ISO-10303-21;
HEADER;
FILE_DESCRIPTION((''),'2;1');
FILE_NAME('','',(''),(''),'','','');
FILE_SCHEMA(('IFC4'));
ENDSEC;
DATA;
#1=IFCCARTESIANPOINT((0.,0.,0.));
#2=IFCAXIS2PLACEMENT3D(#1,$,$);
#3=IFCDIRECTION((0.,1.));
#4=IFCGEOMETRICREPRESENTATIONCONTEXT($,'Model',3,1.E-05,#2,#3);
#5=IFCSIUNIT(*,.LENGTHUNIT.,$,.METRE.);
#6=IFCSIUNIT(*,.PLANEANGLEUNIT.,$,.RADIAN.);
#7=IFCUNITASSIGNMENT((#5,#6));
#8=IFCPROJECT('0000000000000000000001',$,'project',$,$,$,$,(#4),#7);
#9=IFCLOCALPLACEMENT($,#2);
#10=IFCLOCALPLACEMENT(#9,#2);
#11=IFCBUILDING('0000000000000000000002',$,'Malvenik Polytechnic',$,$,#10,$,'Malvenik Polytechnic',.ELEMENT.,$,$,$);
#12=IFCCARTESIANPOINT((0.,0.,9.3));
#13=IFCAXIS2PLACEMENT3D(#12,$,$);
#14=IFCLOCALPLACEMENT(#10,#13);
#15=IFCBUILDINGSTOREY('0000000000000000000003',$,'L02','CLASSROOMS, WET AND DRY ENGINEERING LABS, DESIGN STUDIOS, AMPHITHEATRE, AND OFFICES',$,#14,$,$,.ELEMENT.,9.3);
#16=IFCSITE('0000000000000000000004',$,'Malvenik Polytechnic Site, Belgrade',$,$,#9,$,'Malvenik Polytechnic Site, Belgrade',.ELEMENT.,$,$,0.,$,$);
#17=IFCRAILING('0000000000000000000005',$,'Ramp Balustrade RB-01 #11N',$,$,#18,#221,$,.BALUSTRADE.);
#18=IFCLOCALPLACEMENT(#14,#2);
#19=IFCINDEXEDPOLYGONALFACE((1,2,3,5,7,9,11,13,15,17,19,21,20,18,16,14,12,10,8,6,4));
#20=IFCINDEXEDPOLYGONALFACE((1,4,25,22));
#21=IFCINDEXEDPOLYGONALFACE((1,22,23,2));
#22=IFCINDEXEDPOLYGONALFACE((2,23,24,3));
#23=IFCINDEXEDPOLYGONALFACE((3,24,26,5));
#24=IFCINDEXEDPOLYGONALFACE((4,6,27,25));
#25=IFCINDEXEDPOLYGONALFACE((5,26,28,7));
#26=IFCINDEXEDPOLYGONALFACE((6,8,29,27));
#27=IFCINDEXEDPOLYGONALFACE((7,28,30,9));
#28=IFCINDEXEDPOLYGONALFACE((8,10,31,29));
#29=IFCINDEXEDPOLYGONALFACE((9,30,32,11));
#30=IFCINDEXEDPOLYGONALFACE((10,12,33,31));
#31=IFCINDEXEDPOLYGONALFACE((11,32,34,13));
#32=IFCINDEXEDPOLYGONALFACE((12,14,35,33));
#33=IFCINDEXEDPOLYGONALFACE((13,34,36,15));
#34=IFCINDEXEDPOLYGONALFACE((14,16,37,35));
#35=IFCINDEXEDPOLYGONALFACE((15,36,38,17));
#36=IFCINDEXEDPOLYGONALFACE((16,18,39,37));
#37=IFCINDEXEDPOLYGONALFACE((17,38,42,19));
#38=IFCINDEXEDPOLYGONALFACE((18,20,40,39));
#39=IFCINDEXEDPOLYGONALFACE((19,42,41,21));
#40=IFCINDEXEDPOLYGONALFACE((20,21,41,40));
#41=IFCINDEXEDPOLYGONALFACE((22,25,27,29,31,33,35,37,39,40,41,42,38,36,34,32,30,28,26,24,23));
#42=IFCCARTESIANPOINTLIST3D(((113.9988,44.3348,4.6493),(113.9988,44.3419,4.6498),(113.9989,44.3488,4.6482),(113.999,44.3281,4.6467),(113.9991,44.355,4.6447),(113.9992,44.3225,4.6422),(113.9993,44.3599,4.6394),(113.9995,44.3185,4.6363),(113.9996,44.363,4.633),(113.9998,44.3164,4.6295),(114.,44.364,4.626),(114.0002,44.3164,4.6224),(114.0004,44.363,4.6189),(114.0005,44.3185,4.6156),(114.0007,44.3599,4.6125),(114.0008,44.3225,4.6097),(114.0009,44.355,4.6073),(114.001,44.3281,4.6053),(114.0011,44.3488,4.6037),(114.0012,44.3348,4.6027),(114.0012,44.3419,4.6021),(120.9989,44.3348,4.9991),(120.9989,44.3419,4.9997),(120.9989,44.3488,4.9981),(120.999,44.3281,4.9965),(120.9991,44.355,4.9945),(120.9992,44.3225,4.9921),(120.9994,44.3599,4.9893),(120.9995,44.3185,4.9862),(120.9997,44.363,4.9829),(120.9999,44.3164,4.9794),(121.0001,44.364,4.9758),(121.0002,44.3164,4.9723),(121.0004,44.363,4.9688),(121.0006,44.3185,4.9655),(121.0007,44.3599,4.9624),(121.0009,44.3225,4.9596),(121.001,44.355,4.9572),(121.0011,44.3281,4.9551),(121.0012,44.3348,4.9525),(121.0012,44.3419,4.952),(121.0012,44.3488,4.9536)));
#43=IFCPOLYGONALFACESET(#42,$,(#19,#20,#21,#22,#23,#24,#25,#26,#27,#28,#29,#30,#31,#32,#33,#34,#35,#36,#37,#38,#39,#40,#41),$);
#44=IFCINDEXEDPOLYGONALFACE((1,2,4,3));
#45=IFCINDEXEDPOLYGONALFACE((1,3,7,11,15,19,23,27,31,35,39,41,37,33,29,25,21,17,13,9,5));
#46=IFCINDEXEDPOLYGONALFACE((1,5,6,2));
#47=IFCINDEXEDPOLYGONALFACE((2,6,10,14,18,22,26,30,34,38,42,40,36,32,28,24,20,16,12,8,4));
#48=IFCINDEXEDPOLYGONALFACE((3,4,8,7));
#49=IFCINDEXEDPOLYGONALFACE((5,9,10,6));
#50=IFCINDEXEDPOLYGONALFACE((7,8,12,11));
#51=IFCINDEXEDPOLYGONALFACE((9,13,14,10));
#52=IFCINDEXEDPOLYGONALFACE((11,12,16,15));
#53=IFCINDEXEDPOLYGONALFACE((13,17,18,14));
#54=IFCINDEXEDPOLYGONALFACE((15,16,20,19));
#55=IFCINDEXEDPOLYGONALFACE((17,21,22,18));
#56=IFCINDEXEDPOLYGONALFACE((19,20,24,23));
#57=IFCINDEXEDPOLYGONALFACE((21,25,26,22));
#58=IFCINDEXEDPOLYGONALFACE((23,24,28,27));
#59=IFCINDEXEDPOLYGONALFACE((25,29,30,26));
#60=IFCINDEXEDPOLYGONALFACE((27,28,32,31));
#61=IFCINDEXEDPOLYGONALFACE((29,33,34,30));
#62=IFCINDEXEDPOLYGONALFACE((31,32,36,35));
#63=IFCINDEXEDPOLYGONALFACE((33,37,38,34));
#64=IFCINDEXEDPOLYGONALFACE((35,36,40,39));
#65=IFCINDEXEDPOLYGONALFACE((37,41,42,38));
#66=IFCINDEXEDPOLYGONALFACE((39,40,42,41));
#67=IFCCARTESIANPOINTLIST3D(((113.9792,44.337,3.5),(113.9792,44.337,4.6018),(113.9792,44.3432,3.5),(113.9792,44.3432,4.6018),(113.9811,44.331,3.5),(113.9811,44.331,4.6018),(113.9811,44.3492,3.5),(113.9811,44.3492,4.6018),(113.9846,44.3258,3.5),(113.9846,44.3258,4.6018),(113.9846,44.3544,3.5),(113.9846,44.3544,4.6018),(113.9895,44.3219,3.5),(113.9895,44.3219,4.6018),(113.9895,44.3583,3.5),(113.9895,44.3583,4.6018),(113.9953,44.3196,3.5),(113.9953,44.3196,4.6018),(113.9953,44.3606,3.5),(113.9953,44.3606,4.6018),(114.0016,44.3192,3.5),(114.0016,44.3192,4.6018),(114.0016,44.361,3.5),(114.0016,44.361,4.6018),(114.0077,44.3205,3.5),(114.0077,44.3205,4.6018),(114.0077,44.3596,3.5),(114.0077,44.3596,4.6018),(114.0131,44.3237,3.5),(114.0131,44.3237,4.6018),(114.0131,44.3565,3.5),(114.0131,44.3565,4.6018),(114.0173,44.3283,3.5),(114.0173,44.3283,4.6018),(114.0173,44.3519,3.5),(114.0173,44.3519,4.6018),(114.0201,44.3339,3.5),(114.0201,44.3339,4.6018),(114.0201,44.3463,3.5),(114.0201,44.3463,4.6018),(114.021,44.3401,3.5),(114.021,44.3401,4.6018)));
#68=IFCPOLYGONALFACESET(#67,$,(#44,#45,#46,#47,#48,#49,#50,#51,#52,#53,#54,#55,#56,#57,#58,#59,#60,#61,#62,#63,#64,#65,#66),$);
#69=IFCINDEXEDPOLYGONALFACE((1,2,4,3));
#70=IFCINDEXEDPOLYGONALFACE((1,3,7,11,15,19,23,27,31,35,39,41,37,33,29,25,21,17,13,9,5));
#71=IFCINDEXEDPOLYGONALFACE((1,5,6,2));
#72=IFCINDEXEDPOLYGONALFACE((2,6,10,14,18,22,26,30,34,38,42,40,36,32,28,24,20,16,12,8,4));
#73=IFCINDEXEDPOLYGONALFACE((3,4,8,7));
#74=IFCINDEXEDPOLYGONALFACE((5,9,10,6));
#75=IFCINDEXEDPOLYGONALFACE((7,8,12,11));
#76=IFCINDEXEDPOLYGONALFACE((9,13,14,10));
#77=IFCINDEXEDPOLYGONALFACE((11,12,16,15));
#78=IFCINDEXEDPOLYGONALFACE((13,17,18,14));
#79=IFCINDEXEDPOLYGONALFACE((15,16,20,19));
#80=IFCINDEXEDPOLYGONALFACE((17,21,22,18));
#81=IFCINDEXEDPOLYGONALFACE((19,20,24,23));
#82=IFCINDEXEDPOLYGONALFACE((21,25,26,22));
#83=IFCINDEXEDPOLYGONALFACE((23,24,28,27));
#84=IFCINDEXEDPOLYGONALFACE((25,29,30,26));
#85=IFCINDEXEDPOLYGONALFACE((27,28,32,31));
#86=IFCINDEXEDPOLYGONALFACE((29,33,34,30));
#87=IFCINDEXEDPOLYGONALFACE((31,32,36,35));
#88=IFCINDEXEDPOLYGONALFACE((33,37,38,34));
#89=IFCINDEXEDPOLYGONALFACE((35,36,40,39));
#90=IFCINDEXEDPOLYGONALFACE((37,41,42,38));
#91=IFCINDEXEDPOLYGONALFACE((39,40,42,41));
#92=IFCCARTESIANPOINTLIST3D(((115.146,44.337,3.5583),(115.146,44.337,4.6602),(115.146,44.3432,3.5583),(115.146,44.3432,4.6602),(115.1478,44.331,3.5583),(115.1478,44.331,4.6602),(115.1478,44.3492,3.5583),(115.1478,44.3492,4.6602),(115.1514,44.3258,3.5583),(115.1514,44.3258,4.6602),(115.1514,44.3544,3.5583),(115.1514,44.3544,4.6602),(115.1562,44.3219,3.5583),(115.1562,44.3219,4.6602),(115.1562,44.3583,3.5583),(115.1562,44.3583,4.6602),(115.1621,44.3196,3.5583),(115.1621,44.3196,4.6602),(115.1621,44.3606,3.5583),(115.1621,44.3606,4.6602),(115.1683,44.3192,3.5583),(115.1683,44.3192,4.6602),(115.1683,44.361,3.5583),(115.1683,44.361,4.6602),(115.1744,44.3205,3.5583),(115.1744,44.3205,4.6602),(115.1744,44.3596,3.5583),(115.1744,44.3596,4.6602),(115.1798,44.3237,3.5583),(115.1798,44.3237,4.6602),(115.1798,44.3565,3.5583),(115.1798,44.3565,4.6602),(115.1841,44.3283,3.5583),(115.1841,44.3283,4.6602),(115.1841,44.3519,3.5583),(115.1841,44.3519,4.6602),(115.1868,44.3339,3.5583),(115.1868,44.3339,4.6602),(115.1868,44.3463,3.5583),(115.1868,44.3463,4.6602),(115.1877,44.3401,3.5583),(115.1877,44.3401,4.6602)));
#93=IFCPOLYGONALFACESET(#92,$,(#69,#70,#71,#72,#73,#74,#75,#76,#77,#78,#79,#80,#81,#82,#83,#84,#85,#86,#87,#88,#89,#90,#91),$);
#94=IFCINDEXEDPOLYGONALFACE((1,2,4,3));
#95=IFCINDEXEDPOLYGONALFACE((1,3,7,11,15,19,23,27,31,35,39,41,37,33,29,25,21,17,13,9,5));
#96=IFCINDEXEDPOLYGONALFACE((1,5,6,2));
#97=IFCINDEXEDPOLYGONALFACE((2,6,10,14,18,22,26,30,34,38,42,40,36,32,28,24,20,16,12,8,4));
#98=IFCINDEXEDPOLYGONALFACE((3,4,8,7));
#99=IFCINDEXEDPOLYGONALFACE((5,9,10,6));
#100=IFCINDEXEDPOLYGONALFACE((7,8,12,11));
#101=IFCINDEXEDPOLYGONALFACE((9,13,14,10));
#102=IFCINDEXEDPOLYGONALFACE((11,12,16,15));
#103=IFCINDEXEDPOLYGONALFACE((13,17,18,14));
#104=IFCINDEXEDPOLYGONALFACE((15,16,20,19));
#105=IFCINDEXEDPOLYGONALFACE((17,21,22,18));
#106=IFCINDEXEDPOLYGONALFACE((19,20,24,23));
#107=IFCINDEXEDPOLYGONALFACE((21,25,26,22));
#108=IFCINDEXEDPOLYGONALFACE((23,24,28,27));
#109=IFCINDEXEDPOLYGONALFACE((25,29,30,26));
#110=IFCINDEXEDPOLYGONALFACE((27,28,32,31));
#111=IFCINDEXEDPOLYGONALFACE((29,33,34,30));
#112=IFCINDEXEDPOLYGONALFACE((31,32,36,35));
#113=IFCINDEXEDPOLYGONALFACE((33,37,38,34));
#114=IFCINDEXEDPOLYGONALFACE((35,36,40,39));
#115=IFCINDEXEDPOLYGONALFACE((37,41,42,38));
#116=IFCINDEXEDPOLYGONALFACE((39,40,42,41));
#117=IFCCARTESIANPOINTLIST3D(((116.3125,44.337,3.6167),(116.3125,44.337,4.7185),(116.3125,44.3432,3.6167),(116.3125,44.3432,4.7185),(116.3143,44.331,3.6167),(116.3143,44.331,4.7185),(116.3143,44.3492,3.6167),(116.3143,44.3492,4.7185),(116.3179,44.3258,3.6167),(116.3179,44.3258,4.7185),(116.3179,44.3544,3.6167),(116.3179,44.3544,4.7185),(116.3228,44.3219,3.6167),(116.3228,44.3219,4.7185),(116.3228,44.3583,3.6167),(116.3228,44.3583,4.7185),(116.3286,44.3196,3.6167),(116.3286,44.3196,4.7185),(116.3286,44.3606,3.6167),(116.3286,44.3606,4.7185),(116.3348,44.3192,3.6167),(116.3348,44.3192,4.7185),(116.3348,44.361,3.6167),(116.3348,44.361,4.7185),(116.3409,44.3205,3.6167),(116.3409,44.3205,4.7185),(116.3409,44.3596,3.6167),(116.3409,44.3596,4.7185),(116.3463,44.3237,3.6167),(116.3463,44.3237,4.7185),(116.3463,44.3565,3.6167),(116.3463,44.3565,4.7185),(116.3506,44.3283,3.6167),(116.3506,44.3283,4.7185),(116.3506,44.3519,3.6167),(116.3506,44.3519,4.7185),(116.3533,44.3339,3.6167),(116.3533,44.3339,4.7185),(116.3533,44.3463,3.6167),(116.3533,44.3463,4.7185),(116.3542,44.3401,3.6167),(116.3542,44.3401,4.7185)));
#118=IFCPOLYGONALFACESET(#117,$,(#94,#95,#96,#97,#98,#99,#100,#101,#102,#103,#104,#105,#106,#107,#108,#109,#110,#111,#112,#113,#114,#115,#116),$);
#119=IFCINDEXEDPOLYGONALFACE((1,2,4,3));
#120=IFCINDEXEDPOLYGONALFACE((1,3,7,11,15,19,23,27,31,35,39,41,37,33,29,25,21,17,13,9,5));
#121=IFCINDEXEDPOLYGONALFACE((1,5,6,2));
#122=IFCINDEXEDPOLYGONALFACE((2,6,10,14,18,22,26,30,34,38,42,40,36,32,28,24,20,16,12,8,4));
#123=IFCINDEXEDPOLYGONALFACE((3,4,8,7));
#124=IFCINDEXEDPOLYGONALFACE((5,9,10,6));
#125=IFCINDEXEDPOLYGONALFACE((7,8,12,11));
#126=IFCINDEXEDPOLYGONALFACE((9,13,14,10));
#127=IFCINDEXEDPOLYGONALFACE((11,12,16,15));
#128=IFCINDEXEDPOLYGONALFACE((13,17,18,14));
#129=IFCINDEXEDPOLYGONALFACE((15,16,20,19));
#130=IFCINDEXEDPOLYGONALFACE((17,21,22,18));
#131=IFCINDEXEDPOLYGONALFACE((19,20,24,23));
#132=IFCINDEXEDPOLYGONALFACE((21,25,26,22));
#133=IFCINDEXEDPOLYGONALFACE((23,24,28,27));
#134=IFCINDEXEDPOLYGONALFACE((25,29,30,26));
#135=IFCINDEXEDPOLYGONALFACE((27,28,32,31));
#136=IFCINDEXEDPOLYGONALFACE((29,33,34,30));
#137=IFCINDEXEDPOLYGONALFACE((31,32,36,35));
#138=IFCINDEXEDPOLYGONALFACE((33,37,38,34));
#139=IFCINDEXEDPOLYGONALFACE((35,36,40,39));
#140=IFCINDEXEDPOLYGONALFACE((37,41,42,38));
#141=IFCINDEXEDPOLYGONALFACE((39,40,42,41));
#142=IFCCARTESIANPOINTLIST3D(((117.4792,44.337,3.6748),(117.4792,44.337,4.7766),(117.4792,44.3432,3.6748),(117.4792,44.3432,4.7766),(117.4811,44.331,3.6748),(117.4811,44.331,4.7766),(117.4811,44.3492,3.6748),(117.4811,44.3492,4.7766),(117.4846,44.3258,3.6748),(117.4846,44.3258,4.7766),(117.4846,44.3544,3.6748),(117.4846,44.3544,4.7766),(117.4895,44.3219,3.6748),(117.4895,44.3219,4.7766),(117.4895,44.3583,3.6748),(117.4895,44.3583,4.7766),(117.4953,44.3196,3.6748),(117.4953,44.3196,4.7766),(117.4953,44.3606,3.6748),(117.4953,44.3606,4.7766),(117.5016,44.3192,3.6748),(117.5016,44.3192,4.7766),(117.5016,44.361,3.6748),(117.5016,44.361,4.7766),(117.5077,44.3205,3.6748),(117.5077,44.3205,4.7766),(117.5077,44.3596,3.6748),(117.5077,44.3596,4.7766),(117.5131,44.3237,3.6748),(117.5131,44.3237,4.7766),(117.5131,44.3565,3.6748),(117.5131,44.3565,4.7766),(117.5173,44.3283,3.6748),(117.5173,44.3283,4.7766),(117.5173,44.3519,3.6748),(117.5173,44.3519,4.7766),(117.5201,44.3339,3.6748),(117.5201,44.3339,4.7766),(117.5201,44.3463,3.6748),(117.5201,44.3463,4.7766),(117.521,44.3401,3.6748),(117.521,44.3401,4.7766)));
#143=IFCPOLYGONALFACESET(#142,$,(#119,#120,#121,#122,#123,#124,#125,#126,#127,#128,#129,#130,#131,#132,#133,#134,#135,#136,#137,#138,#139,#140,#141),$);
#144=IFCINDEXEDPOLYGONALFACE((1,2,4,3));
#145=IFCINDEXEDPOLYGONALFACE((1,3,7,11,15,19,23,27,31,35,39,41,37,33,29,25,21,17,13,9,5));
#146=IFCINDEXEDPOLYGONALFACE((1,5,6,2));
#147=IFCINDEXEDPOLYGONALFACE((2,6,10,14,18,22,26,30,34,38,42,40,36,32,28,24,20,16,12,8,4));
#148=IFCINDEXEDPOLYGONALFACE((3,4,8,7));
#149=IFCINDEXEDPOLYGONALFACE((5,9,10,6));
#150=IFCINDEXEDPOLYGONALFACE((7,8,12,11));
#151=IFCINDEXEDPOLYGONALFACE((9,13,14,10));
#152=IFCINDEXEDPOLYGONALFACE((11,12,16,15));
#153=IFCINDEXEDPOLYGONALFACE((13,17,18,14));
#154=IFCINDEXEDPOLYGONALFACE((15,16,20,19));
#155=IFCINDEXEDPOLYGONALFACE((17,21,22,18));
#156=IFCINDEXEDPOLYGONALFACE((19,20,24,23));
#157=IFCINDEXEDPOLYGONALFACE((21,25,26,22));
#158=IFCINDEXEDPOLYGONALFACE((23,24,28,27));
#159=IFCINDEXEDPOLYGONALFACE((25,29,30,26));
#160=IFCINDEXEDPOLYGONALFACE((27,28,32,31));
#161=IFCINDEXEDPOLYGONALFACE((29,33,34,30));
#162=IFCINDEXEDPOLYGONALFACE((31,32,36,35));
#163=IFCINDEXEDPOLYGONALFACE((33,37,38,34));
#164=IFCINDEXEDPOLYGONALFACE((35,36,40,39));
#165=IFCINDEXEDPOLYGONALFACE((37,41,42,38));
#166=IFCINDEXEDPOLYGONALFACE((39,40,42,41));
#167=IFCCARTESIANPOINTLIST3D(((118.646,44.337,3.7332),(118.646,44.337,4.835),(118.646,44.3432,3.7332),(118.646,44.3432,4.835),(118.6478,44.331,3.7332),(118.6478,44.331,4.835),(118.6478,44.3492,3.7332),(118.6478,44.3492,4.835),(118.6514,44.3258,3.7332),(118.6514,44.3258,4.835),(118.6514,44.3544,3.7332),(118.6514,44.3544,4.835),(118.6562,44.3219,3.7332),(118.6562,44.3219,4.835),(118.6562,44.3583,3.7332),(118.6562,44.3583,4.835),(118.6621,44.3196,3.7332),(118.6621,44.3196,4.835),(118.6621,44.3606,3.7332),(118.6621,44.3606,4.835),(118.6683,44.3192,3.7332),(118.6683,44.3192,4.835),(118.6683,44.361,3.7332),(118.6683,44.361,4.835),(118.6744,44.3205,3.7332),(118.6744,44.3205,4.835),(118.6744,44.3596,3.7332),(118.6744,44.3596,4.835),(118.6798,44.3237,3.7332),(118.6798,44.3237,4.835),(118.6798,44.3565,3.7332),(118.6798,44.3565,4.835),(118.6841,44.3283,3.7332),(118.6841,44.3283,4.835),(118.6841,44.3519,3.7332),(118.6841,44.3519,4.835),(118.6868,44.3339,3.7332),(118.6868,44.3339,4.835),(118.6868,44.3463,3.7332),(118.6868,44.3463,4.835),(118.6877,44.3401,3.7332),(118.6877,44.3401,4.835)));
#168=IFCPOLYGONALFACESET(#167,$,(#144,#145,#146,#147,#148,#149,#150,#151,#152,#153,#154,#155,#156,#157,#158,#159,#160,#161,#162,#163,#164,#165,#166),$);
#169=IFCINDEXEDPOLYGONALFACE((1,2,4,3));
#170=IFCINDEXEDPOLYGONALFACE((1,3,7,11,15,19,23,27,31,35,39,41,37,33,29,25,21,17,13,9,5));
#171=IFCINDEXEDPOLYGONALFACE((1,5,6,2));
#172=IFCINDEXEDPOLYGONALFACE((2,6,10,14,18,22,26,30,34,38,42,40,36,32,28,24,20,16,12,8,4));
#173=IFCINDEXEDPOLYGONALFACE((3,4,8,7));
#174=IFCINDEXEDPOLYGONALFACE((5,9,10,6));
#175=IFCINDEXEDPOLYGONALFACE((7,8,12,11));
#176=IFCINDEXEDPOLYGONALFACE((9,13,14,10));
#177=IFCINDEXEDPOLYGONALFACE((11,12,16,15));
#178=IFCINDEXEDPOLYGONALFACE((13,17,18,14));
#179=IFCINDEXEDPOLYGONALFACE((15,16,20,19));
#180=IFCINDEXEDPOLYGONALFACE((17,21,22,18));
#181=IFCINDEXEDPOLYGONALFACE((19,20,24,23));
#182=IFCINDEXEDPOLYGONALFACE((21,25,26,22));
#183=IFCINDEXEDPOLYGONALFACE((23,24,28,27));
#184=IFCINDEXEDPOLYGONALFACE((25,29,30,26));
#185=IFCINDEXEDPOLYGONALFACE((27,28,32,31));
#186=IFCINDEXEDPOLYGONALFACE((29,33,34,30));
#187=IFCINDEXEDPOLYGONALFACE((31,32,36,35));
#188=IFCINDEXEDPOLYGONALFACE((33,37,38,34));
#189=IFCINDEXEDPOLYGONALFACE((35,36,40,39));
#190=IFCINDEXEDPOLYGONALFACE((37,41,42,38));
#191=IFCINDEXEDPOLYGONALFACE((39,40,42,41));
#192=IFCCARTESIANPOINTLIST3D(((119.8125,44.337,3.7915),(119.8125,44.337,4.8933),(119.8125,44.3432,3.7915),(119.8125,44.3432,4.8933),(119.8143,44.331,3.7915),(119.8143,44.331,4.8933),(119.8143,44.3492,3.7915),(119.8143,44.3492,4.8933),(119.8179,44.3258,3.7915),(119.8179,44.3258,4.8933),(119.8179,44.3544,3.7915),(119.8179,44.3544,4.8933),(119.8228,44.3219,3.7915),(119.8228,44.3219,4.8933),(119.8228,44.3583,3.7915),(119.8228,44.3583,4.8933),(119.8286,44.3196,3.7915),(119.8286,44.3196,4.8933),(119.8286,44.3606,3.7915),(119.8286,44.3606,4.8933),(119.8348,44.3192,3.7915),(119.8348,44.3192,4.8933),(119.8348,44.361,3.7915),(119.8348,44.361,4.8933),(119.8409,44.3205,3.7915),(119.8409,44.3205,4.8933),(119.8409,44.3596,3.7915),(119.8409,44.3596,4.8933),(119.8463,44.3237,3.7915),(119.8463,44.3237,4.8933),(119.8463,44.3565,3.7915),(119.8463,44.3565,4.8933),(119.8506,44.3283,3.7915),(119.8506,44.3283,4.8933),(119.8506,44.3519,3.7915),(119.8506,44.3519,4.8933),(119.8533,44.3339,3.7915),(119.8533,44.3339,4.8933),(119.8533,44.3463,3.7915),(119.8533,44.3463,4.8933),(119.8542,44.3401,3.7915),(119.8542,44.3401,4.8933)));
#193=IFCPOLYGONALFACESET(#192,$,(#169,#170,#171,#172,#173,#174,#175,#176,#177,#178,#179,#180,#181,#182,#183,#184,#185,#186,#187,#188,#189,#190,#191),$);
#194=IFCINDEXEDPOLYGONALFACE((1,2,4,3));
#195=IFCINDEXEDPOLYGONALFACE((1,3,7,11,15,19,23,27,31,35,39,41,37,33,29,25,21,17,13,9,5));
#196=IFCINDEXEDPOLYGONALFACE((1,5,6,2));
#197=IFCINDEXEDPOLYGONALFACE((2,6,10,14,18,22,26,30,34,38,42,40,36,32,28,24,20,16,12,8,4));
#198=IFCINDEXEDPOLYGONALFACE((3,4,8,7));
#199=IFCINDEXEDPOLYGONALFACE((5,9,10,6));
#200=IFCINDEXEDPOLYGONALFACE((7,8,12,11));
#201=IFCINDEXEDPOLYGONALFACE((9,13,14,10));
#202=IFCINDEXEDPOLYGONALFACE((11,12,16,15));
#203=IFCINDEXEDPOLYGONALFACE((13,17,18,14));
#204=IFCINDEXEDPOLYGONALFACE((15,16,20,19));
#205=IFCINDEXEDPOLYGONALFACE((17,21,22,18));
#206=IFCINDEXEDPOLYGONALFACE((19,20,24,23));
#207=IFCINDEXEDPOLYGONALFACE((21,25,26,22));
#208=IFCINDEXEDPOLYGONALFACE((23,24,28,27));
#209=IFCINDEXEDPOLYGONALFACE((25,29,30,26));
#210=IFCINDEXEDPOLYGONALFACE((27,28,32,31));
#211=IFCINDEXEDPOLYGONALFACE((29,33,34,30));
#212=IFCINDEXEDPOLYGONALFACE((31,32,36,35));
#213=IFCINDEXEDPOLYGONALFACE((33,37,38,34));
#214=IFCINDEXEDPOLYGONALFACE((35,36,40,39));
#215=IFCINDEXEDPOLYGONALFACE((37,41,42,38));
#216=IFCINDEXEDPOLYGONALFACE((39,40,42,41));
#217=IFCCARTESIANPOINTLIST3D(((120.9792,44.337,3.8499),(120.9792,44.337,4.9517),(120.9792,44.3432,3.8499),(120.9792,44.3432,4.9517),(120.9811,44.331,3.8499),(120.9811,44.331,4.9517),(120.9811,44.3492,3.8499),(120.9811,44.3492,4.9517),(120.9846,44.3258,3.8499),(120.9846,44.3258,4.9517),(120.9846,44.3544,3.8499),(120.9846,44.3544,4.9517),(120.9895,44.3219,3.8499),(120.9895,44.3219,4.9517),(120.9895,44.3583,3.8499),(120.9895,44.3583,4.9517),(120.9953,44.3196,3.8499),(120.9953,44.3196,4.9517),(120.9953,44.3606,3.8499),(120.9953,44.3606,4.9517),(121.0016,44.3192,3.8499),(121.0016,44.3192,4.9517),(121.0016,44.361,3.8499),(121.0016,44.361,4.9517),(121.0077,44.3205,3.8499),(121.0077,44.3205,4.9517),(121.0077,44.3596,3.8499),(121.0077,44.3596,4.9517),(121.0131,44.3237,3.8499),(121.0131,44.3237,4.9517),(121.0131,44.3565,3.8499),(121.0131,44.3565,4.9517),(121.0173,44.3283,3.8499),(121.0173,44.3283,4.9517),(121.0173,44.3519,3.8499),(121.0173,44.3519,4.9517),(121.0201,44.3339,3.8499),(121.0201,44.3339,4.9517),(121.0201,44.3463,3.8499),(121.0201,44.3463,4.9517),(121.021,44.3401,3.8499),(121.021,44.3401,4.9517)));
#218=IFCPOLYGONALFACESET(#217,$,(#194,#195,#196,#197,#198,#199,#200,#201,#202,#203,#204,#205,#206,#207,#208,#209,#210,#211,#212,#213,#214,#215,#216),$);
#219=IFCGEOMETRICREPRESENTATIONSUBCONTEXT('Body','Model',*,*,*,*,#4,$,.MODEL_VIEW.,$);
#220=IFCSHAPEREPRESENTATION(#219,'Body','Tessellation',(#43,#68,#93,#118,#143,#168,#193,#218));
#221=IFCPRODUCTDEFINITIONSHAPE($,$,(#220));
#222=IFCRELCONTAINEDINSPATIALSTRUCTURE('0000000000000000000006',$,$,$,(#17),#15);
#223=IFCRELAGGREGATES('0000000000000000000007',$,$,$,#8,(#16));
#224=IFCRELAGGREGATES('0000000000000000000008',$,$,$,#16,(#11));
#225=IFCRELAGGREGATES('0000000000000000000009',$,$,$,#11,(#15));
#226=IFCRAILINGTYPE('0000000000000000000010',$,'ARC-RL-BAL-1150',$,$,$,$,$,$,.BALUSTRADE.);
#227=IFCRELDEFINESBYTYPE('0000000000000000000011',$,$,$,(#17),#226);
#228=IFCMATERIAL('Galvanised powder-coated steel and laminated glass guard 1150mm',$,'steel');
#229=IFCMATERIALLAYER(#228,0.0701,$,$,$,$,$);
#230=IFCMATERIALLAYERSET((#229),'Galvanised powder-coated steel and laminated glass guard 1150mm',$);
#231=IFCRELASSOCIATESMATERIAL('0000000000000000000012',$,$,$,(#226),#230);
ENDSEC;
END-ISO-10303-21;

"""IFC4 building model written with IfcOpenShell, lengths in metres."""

from ifc_helpers import new_model, si_unit, direction, frame, origin, origin_2d, place, context, subcontext, project, spatial, circle, extrude, material, layer, layer_set, type_object, element, save


model = new_model("IFC4")

# Units and contexts
model_context = context("Model", 3, precision=1e-05, world=origin(), true_north=direction((0.0, 1.0)))
body_context = subcontext(model_context, "Body", "Model", "MODEL_VIEW")
ifc_project = project(units=[si_unit("LENGTHUNIT", "METRE"), si_unit("PLANEANGLEUNIT", "RADIAN")], contexts=[model_context])

# Site, building, storey
site_placement = place(None, origin())
site = spatial("IfcSite", under=ifc_project, at=site_placement, Name="Malvenik Polytechnic Site, Belgrade", LongName="Malvenik Polytechnic Site, Belgrade", CompositionType="ELEMENT", RefElevation=0.0)
building_placement = place(site_placement, origin())
building = spatial("IfcBuilding", under=site, at=building_placement, Name="Malvenik Polytechnic", LongName="Malvenik Polytechnic", CompositionType="ELEMENT")
storey_placement = place(building_placement, frame((0.0, 0.0, 9.3)))
storey = spatial("IfcBuildingStorey", under=building, at=storey_placement, Name="L02", Description="CLASSROOMS, WET AND DRY ENGINEERING LABS, DESIGN STUDIOS, AMPHITHEATRE, AND OFFICES", CompositionType="ELEMENT", Elevation=9.3)

# Railing
ifc_material_1 = material(Name="Galvanised powder-coated steel and laminated glass guard 1150mm", Category="steel")
ifc_layer_1 = layer(ifc_material_1, 0.0701)
ifc_layer_set_1 = layer_set([ifc_layer_1], Name="Galvanised powder-coated steel and laminated glass guard 1150mm")
railing_type_1 = type_object("IfcRailingType", Name="ARC-RL-BAL-1150", PredefinedType="BALUSTRADE", material=ifc_layer_set_1)
railing_1_placement = place(storey_placement, frame((114.0, 44.3401, 3.5)))
element("IfcRailing", 1, at=railing_1_placement, inside=storey, type_object=railing_type_1, Name="Ramp Balustrade RB-01 #11N", PredefinedType="BALUSTRADE", context=body_context, shape_type="SweptSolid", body=[
    extrude(circle(Radius=0.0239, at=origin_2d()), frame((0.0, 0.0, 1.126), z_axis=(0.998753, 0.0, 0.049917), x_axis=(0.0, 1.0, 0.0)), (0.0, 0.0, 1.0), 7.0088),
    extrude(circle(Radius=0.021, at=origin_2d()), origin(), (0.0, 0.0, 1.0), 1.1018),
    extrude(circle(Radius=0.021, at=origin_2d()), frame((1.1667, 0.0, 0.0583)), (0.0, 0.0, 1.0), 1.1018),
    extrude(circle(Radius=0.021, at=origin_2d()), frame((2.3333, 0.0, 0.1167)), (0.0, 0.0, 1.0), 1.1018),
    extrude(circle(Radius=0.021, at=origin_2d()), frame((3.5, 0.0, 0.1748)), (0.0, 0.0, 1.0), 1.1018),
    extrude(circle(Radius=0.021, at=origin_2d()), frame((4.6667, 0.0, 0.2332)), (0.0, 0.0, 1.0), 1.1018),
    extrude(circle(Radius=0.021, at=origin_2d()), frame((5.8333, 0.0, 0.2915)), (0.0, 0.0, 1.0), 1.1018),
    extrude(circle(Radius=0.021, at=origin_2d()), frame((7.0, 0.0, 0.3499)), (0.0, 0.0, 1.0), 1.1018),
])

save(model, "model.ifc")
